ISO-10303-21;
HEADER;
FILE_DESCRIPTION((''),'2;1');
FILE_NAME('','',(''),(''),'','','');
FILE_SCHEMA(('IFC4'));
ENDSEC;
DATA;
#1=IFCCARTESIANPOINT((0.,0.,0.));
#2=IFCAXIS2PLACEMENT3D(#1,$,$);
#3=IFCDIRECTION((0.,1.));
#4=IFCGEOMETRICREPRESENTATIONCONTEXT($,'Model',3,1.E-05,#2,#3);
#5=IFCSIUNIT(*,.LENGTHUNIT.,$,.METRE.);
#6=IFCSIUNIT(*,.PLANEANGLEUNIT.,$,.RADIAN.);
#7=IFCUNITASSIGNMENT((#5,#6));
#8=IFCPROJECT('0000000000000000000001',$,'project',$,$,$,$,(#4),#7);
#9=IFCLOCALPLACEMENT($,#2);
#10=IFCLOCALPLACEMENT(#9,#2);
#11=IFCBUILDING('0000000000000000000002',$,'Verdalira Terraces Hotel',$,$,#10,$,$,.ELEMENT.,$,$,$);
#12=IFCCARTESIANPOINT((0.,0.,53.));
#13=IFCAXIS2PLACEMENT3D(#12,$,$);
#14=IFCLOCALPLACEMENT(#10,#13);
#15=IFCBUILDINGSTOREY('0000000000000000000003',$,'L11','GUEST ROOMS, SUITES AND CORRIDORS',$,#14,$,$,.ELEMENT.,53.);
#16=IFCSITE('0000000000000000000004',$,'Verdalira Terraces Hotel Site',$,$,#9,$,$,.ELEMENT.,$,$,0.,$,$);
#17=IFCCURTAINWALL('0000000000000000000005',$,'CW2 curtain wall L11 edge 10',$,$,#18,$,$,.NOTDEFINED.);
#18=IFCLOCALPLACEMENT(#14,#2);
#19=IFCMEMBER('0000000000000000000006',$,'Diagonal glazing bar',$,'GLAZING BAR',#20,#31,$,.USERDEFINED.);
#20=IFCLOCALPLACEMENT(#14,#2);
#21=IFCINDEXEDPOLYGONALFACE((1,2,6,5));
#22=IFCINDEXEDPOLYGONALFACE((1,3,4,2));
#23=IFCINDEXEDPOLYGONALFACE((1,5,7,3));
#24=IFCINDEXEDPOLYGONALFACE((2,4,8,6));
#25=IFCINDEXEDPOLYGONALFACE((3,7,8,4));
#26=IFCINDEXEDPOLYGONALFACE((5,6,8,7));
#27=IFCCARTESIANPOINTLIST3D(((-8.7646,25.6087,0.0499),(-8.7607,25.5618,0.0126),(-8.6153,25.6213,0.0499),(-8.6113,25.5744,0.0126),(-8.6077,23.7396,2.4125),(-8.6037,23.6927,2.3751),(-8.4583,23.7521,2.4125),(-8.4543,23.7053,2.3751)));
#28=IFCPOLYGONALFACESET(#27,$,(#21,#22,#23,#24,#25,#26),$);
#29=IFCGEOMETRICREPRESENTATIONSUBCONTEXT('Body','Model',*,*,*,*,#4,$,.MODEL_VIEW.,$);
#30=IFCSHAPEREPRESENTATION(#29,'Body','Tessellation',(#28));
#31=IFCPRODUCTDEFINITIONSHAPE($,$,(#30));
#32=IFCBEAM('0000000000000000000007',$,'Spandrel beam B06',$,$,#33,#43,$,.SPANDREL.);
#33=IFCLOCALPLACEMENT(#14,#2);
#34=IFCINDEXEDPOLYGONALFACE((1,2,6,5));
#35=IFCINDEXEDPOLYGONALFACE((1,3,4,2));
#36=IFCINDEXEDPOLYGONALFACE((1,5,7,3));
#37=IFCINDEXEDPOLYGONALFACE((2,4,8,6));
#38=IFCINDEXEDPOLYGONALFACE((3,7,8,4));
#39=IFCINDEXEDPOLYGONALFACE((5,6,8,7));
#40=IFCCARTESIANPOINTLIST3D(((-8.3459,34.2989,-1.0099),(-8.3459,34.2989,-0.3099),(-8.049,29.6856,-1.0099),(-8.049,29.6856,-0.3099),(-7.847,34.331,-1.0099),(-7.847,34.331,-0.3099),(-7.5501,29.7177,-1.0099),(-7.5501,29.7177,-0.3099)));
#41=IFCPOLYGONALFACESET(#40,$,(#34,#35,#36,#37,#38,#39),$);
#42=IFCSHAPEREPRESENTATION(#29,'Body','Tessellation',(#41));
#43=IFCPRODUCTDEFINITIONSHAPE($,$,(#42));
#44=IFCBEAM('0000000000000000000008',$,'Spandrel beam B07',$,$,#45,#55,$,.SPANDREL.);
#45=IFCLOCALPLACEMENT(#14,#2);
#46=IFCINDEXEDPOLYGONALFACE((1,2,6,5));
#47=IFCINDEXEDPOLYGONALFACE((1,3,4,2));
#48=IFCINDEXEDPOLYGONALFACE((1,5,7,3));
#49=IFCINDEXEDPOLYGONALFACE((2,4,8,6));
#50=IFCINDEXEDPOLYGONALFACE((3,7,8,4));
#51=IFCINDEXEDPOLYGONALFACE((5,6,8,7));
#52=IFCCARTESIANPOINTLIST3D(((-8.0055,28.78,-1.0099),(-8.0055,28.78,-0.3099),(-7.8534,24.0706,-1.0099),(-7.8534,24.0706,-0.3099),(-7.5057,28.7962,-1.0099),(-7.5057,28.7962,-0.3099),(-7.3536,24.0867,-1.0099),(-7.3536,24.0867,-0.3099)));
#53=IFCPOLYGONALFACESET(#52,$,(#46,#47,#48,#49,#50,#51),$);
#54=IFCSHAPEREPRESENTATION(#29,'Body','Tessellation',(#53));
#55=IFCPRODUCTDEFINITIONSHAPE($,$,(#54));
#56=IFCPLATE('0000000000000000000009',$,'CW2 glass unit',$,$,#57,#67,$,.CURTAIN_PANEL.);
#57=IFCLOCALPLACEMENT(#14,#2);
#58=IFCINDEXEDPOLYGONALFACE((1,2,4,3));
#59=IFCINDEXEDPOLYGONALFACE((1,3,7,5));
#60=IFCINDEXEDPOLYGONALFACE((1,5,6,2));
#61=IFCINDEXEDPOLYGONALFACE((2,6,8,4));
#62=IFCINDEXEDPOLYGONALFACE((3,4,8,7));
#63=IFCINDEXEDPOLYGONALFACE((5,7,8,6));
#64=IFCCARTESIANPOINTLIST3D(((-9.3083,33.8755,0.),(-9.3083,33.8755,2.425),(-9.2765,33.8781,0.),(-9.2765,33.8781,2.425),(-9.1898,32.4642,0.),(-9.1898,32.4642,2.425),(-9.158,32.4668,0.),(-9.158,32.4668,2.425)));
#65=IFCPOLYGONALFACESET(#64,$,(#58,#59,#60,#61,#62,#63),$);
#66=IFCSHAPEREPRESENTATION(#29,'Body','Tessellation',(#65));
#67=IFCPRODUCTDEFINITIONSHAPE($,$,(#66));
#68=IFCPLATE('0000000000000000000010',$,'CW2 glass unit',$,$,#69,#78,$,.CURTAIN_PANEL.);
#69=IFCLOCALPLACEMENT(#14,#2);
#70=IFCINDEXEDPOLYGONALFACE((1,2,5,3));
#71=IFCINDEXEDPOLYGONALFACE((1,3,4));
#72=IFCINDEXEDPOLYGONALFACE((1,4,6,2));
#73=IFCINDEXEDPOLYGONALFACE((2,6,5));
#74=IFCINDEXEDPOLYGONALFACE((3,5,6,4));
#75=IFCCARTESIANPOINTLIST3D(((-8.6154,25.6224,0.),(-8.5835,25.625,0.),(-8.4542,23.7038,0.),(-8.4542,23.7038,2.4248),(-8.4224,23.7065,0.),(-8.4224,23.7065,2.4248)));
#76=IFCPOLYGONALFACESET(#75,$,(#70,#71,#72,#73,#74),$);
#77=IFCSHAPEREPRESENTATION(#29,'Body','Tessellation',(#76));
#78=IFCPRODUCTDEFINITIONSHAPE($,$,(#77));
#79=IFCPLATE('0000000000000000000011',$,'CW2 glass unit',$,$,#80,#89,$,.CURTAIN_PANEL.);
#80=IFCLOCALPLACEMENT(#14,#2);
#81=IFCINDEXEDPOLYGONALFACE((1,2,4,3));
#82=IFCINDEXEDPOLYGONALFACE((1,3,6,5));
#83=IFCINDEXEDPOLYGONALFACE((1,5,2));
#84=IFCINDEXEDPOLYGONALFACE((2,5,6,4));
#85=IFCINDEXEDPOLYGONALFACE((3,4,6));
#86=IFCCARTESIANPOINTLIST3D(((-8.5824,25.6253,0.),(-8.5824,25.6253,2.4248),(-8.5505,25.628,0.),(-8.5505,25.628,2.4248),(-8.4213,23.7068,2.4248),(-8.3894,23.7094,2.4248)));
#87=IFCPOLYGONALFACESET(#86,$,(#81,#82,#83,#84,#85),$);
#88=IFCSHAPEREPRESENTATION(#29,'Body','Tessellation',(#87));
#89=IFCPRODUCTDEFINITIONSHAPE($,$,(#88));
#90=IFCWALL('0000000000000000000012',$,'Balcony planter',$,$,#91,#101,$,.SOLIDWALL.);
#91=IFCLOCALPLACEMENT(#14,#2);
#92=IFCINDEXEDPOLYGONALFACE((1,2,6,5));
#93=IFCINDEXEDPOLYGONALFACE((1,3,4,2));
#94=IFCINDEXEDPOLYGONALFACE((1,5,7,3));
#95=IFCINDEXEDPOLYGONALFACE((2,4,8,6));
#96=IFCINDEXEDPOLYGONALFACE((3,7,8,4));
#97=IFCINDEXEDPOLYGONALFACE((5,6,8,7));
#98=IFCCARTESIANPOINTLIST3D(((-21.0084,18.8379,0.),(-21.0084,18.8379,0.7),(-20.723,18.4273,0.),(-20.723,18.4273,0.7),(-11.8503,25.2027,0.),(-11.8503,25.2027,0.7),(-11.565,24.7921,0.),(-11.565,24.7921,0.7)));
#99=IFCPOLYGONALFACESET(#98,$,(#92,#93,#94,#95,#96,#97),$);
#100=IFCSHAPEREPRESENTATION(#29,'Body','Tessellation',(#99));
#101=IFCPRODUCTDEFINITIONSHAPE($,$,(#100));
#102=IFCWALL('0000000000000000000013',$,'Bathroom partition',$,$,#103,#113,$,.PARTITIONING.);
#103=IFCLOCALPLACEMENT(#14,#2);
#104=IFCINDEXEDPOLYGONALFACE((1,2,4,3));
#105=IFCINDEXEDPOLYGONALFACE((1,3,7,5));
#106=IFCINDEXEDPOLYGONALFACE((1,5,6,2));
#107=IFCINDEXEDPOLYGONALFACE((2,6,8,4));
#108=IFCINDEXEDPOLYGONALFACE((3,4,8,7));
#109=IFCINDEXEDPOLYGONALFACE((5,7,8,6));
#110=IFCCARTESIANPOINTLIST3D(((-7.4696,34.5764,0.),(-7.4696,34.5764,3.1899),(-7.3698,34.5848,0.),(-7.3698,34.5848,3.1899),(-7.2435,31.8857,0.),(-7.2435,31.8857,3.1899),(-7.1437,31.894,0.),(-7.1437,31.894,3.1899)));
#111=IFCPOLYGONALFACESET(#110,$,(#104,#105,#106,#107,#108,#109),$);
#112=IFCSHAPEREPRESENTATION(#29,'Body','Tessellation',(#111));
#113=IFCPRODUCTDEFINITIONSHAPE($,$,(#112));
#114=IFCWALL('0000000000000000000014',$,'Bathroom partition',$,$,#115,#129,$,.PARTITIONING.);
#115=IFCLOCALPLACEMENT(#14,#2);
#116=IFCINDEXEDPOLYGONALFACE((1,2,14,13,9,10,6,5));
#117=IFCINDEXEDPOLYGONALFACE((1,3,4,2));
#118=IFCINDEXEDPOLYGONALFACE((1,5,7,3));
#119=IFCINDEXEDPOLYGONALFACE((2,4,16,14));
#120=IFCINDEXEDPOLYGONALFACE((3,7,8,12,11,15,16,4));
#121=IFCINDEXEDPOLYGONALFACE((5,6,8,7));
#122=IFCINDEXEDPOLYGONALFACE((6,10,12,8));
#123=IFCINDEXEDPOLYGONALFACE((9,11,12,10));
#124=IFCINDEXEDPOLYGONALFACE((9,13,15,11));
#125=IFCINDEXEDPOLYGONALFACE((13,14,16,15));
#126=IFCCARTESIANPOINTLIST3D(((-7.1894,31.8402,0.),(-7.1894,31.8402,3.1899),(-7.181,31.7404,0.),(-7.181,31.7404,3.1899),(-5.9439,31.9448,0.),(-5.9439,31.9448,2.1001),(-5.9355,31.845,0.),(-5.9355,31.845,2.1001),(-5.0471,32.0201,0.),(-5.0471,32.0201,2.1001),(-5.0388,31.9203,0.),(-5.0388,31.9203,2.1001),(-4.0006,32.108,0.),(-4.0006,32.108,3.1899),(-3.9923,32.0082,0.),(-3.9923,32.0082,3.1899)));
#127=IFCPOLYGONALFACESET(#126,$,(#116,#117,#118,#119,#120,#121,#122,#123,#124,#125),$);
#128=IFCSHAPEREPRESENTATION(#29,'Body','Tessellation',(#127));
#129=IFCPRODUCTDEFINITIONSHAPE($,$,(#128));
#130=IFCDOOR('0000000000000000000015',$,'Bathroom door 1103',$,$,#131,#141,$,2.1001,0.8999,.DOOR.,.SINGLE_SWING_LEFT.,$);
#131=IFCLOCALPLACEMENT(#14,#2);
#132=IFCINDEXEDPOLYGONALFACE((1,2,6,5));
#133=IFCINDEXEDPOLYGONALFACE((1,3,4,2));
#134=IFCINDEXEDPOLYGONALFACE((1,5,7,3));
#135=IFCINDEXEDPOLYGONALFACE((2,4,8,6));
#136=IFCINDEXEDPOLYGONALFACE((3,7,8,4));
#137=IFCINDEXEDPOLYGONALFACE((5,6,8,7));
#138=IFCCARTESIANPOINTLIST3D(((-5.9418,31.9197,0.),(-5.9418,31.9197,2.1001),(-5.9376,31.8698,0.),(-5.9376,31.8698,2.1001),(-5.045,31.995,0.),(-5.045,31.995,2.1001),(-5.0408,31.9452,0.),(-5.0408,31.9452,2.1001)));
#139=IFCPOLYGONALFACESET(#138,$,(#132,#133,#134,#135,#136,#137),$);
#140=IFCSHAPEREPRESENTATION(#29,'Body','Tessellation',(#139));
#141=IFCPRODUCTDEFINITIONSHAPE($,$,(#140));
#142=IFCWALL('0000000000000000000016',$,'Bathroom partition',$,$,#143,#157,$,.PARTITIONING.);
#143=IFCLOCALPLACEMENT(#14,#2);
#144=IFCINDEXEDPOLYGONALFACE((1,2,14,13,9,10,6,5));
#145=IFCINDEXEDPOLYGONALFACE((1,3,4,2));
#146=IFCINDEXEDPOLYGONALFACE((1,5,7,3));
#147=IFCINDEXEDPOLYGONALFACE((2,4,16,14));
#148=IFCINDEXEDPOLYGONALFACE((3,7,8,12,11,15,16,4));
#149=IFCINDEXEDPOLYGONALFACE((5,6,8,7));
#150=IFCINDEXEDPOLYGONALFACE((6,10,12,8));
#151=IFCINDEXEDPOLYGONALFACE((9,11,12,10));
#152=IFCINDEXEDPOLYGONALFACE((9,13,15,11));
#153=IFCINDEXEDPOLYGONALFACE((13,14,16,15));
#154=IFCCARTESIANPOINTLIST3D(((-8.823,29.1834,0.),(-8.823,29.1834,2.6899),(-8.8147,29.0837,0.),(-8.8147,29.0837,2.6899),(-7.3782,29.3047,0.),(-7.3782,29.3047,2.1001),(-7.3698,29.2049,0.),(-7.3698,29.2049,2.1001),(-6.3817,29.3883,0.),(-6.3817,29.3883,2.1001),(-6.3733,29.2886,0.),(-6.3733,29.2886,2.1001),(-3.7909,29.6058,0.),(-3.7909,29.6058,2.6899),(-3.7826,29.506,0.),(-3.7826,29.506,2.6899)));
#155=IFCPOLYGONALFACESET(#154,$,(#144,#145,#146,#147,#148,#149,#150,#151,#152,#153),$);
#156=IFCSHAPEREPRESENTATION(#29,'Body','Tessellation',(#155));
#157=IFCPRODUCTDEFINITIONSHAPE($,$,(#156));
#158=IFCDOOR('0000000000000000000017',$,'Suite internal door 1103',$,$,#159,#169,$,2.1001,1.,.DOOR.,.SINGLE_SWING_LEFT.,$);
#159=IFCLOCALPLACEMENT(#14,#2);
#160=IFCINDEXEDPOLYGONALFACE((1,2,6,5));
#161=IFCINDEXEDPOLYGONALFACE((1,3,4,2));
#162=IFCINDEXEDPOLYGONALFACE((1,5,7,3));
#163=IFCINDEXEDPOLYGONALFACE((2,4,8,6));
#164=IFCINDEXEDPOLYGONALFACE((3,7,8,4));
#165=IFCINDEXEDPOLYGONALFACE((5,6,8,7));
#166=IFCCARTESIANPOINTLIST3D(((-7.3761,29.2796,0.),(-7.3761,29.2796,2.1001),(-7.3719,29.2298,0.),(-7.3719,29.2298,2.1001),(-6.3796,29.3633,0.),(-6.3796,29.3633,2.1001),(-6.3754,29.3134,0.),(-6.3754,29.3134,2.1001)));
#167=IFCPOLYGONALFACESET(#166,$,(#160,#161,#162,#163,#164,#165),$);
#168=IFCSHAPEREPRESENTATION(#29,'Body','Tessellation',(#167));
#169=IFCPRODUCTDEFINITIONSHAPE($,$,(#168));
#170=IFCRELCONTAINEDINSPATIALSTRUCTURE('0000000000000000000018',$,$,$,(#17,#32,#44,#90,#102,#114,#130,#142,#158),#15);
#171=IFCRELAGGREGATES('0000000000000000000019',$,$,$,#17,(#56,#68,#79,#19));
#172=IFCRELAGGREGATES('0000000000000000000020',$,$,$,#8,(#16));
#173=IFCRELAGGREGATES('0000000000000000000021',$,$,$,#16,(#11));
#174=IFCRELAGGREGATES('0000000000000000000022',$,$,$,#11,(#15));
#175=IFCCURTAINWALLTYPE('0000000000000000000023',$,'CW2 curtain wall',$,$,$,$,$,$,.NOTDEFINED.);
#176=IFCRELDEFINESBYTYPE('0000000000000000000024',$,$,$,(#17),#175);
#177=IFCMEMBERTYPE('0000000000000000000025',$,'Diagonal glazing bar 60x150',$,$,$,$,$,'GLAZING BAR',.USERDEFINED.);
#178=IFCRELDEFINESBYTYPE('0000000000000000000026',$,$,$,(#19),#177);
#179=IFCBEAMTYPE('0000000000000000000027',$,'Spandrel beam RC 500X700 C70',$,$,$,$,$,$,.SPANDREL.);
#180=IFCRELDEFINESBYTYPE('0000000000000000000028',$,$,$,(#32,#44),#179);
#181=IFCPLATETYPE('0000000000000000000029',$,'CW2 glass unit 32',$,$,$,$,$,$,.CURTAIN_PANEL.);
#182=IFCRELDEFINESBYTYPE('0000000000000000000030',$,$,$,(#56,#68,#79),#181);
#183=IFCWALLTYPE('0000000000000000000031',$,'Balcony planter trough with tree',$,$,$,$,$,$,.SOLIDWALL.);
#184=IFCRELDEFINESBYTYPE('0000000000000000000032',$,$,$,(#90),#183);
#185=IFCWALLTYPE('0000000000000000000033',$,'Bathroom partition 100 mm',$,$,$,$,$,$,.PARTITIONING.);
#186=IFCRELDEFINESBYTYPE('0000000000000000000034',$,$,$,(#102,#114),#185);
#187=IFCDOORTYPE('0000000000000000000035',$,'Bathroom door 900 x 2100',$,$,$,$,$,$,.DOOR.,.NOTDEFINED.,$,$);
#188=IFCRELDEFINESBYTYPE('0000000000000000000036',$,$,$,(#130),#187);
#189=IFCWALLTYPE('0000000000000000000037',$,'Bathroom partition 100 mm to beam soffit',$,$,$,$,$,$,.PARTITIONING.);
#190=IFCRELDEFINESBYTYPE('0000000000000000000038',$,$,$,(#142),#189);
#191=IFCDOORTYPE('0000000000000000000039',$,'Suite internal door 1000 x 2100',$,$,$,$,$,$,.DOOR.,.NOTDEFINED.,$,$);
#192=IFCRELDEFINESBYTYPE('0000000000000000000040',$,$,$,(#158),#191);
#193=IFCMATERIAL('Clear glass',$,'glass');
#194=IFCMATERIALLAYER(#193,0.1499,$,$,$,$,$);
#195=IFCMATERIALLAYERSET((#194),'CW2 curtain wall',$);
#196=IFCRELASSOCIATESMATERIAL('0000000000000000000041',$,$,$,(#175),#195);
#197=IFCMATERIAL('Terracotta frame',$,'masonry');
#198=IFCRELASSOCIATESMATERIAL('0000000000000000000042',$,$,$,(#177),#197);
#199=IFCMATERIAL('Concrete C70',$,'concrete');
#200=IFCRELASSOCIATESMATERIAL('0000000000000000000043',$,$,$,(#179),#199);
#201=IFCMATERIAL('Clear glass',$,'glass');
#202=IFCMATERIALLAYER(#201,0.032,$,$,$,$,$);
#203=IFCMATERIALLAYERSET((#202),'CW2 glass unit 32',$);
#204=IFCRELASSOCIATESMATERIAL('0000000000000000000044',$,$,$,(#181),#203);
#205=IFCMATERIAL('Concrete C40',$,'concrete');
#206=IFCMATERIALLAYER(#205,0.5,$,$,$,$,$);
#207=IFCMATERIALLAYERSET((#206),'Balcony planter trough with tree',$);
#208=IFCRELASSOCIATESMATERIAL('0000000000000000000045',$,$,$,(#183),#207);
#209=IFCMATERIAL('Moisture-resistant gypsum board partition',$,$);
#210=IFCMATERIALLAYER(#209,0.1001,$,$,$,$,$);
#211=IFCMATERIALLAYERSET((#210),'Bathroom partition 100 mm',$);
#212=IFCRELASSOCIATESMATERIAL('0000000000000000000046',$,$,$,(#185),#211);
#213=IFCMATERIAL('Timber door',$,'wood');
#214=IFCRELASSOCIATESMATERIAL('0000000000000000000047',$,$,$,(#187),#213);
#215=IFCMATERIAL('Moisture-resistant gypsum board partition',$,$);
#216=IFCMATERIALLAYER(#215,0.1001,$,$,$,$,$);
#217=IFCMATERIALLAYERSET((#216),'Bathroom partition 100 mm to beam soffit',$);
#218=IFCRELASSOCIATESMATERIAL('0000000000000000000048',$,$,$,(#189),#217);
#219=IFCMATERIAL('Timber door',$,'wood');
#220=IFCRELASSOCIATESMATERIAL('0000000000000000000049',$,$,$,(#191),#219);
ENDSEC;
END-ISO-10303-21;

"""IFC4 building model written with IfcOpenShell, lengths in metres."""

from ifc_helpers import new_model, si_unit, direction, frame, frame_2d, origin, origin_2d, place, context, subcontext, project, spatial, polyline, rectangle, outline, extrude, material, layer, layer_set, material_profile, profile_set, type_object, element, fill, aggregate, save


model = new_model("IFC4")

# Units and contexts
model_context = context("Model", 3, precision=1e-05, world=origin(), true_north=direction((0.0, 1.0)))
body_context = subcontext(model_context, "Body", "Model", "MODEL_VIEW")
ifc_project = project(units=[si_unit("LENGTHUNIT", "METRE"), si_unit("PLANEANGLEUNIT", "RADIAN")], contexts=[model_context])

# Site, building, storey
site_placement = place(None, origin())
site = spatial("IfcSite", under=ifc_project, at=site_placement, Name="Verdalira Terraces Hotel Site", CompositionType="ELEMENT", RefElevation=0.0)
building_placement = place(site_placement, origin())
building = spatial("IfcBuilding", under=site, at=building_placement, Name="Verdalira Terraces Hotel", CompositionType="ELEMENT")
storey_placement = place(building_placement, frame((0.0, 0.0, 53.0)))
storey = spatial("IfcBuildingStorey", under=building, at=storey_placement, Name="L11", Description="GUEST ROOMS, SUITES AND CORRIDORS", CompositionType="ELEMENT", Elevation=53.0)

# Curtain wall, member
ifc_material_1 = material(Name="Clear glass", Category="glass")
ifc_layer_1 = layer(ifc_material_1, 0.1499)
ifc_layer_set_1 = layer_set([ifc_layer_1], Name="CW2 curtain wall")
curtain_wall_type_1 = type_object("IfcCurtainWallType", Name="CW2 curtain wall", PredefinedType="NOTDEFINED", material=ifc_layer_set_1)
curtain_wall_1_placement = place(storey_placement, origin())
curtain_wall_1 = element("IfcCurtainWall", 1, at=curtain_wall_1_placement, inside=storey, type_object=curtain_wall_type_1, Name="CW2 curtain wall L11 edge 10", PredefinedType="NOTDEFINED")
ifc_material_2 = material(Name="Terracotta frame", Category="masonry")
ifc_material_profile_1 = material_profile(ifc_material_2, rectangle(XDim=0.1499, YDim=0.0601, at=origin_2d()), Name="GB 60x150")
ifc_profile_set_1 = profile_set([ifc_material_profile_1], Name="Terracotta frame")
member_type_1 = type_object("IfcMemberType", Name="Diagonal glazing bar 60x150", ElementType="GLAZING BAR", PredefinedType="USERDEFINED", material=ifc_profile_set_1)
member_1_placement = place(storey_placement, frame((-8.688, 25.5916, 0.0312), z_axis=(0.052039, -0.619615, 0.783179), x_axis=(0.996492, 0.083692, 0.0)))
member_1 = element("IfcMember", 2, at=member_1_placement, type_object=member_type_1, Name="Diagonal glazing bar", ObjectType="GLAZING BAR", PredefinedType="USERDEFINED", context=body_context, shape_type="SweptSolid", body=[
    extrude(rectangle(XDim=0.1499, YDim=0.0601, at=origin_2d()), origin(), (0.0, 0.0, 1.0), 3.0166),
])

# Beams
ifc_material_3 = material(Name="Concrete C70", Category="concrete")
ifc_material_profile_2 = material_profile(ifc_material_3, rectangle(XDim=0.5, YDim=0.7, at=origin_2d()), Name="RC 500X700")
ifc_profile_set_2 = profile_set([ifc_material_profile_2], Name="Concrete C70")
beam_type_1 = type_object("IfcBeamType", Name="Spandrel beam RC 500X700 C70", PredefinedType="SPANDREL", material=ifc_profile_set_2)
beam_1_placement = place(storey_placement, frame((-8.0964, 34.3149, -0.6599), z_axis=(0.064219, -0.997936, 0.0), x_axis=(0.997936, 0.064219, 0.0)))
element("IfcBeam", 3, at=beam_1_placement, inside=storey, type_object=beam_type_1, Name="Spandrel beam B06", PredefinedType="SPANDREL", context=body_context, shape_type="SweptSolid", body=[
    extrude(rectangle(XDim=0.5, YDim=0.7, at=origin_2d()), origin(), (0.0, 0.0, 1.0), 4.6228),
])
beam_2_placement = place(storey_placement, frame((-7.7556, 28.7881, -0.6599), z_axis=(0.03228, -0.999479, 0.0), x_axis=(0.999479, 0.03228, 0.0)))
element("IfcBeam", 4, at=beam_2_placement, inside=storey, type_object=beam_type_1, Name="Spandrel beam B07", PredefinedType="SPANDREL", context=body_context, shape_type="SweptSolid", body=[
    extrude(rectangle(XDim=0.5, YDim=0.7, at=origin_2d()), origin(), (0.0, 0.0, 1.0), 4.7119),
])

# Plates
ifc_material_4 = material(Name="Clear glass", Category="glass")
ifc_layer_2 = layer(ifc_material_4, 0.032)
ifc_layer_set_2 = layer_set([ifc_layer_2], Name="CW2 glass unit 32")
plate_type = type_object("IfcPlateType", Name="CW2 glass unit 32", PredefinedType="CURTAIN_PANEL", material=ifc_layer_set_2)
plate_1_placement = place(storey_placement, frame((-9.2332, 33.1711, 0.0), z_axis=(0.0, 0.0, 1.0), x_axis=(0.083678, -0.996493, 0.0)))
plate_1 = element("IfcPlate", 5, at=plate_1_placement, type_object=plate_type, Name="CW2 glass unit", PredefinedType="CURTAIN_PANEL", context=body_context, shape_type="SweptSolid", body=[
    extrude(rectangle(XDim=1.4163, YDim=0.032, at=origin_2d()), origin(), (0.0, 0.0, 1.0), 2.425),
])
plate_2_placement = place(storey_placement, frame((-8.5029, 24.6658, 1.2124), z_axis=(-0.996493, -0.083678, 0.0), x_axis=(0.083678, -0.996493, 0.0)))
plate_2 = element("IfcPlate", 6, at=plate_2_placement, type_object=plate_type, Name="CW2 glass unit", PredefinedType="CURTAIN_PANEL", context=body_context, shape_type="SweptSolid", body=[
    extrude(outline(polyline([(-0.9626, -1.2124), (0.9626, -1.2124), (0.9626, 1.2124), (-0.9626, -1.2124)])), origin(), (0.0, 0.0, 1.0), 0.032),
])
plate_3_placement = place(storey_placement, frame((-8.47, 24.6687, 1.2124), z_axis=(-0.996493, -0.083678, 0.0), x_axis=(0.083678, -0.996493, 0.0)))
plate_3 = element("IfcPlate", 7, at=plate_3_placement, type_object=plate_type, Name="CW2 glass unit", PredefinedType="CURTAIN_PANEL", context=body_context, shape_type="SweptSolid", body=[
    extrude(outline(polyline([(-0.9626, -1.2124), (0.9626, 1.2124), (-0.9626, 1.2124), (-0.9626, -1.2124)])), origin(), (0.0, 0.0, 1.0), 0.032),
])
aggregate(curtain_wall_1, [plate_1, plate_2, plate_3, member_1])

# Walls
ifc_material_5 = material(Name="Concrete C40", Category="concrete")
ifc_layer_3 = layer(ifc_material_5, 0.5)
ifc_layer_set_3 = layer_set([ifc_layer_3], Name="Balcony planter trough with tree")
wall_type_1 = type_object("IfcWallType", Name="Balcony planter trough with tree", PredefinedType="SOLIDWALL", material=ifc_layer_set_3)
wall_1_placement = place(storey_placement, frame((-11.7078, 24.9973, 0.0), z_axis=(0.0, 0.0, 1.0), x_axis=(-0.821158, -0.570701, 0.0)))
element("IfcWall", 8, at=wall_1_placement, inside=storey, type_object=wall_type_1, Name="Balcony planter", PredefinedType="SOLIDWALL", context=body_context, shape_type="SweptSolid", body=[
    extrude(rectangle(XDim=11.1526, YDim=0.5, at=frame_2d((5.5762, 0.0))), origin(), (0.0, 0.0, 1.0), 0.7),
])
ifc_material_6 = material(Name="Moisture-resistant gypsum board partition")
ifc_layer_4 = layer(ifc_material_6, 0.1001)
ifc_layer_set_4 = layer_set([ifc_layer_4], Name="Bathroom partition 100 mm")
wall_type_2 = type_object("IfcWallType", Name="Bathroom partition 100 mm", PredefinedType="PARTITIONING", material=ifc_layer_set_4)
wall_2_placement = place(storey_placement, frame((-7.4197, 34.5806, 0.0), z_axis=(0.0, 0.0, 1.0), x_axis=(0.083726, -0.996489, 0.0)))
element("IfcWall", 9, at=wall_2_placement, inside=storey, type_object=wall_type_2, Name="Bathroom partition", PredefinedType="PARTITIONING", context=body_context, shape_type="SweptSolid", body=[
    extrude(rectangle(XDim=2.7002, YDim=0.1001, at=frame_2d((1.3501, 0.0))), origin(), (0.0, 0.0, 1.0), 3.1899),
])

# Walls, openings, doors
wall_3_placement = place(storey_placement, frame((-7.1853, 31.7903, 0.0), z_axis=(0.0, 0.0, 1.0), x_axis=(0.996491, 0.083696, 0.0)))
wall_3 = element("IfcWall", 10, at=wall_3_placement, inside=storey, type_object=wall_type_2, Name="Bathroom partition", PredefinedType="PARTITIONING", context=body_context, shape_type="SweptSolid", body=[
    extrude(rectangle(XDim=3.2, YDim=0.1001, at=frame_2d((1.6001, 0.0))), origin(), (0.0, 0.0, 1.0), 3.1899),
])
opening_1_placement = place(wall_3_placement, frame((1.25, 0.0, 0.0)))
opening_1 = element("IfcOpeningElement", 11, at=opening_1_placement, cuts=wall_3, PredefinedType="OPENING", context=body_context, shape_type="SweptSolid", body=[
    extrude(rectangle(XDim=0.8999, YDim=2.1001, at=frame_2d((0.45, 1.05))), frame((0.0, 0.0601, 0.0), z_axis=(0.0, -1.0, 0.0), x_axis=(1.0, 0.0, 0.0)), (0.0, 0.0, 1.0), 0.1201),
])
ifc_material_7 = material(Name="Timber door", Category="wood")
door_type_1 = type_object("IfcDoorType", Name="Bathroom door 900 x 2100", OperationType="NOTDEFINED", PredefinedType="DOOR", material=ifc_material_7)
door_1_placement = place(opening_1_placement, origin())
door_1 = element("IfcDoor", 12, at=door_1_placement, inside=storey, type_object=door_type_1, Name="Bathroom door 1103", OperationType="SINGLE_SWING_LEFT", OverallHeight=2.1001, OverallWidth=0.8999, PredefinedType="DOOR", context=body_context, shape_type="SweptSolid", body=[
    extrude(rectangle(XDim=0.8999, YDim=2.1001, at=frame_2d((0.45, 1.05))), frame((0.0, 0.0249, 0.0), z_axis=(0.0, -1.0, 0.0), x_axis=(1.0, 0.0, 0.0)), (0.0, 0.0, 1.0), 0.05),
])
fill(opening_1, door_1)
ifc_material_8 = material(Name="Moisture-resistant gypsum board partition")
ifc_layer_5 = layer(ifc_material_8, 0.1001)
ifc_layer_set_5 = layer_set([ifc_layer_5], Name="Bathroom partition 100 mm to beam soffit")
wall_type_3 = type_object("IfcWallType", Name="Bathroom partition 100 mm to beam soffit", PredefinedType="PARTITIONING", material=ifc_layer_set_5)
wall_4_placement = place(storey_placement, frame((-8.8188, 29.1335, 0.0), z_axis=(0.0, 0.0, 1.0), x_axis=(0.996496, 0.083638, 0.0)))
wall_4 = element("IfcWall", 13, at=wall_4_placement, inside=storey, type_object=wall_type_3, Name="Bathroom partition", PredefinedType="PARTITIONING", context=body_context, shape_type="SweptSolid", body=[
    extrude(rectangle(XDim=5.0498, YDim=0.1001, at=frame_2d((2.5249, 0.0))), origin(), (0.0, 0.0, 1.0), 2.6899),
])
opening_2_placement = place(wall_4_placement, frame((1.45, 0.0, 0.0)))
opening_2 = element("IfcOpeningElement", 14, at=opening_2_placement, cuts=wall_4, PredefinedType="OPENING", context=body_context, shape_type="SweptSolid", body=[
    extrude(rectangle(XDim=1.0, YDim=2.1001, at=frame_2d((0.5, 1.05))), frame((0.0, 0.0601, 0.0), z_axis=(0.0, -1.0, 0.0), x_axis=(1.0, 0.0, 0.0)), (0.0, 0.0, 1.0), 0.1201),
])
ifc_material_9 = material(Name="Timber door", Category="wood")
door_type_2 = type_object("IfcDoorType", Name="Suite internal door 1000 x 2100", OperationType="NOTDEFINED", PredefinedType="DOOR", material=ifc_material_9)
door_2_placement = place(opening_2_placement, origin())
door_2 = element("IfcDoor", 15, at=door_2_placement, inside=storey, type_object=door_type_2, Name="Suite internal door 1103", OperationType="SINGLE_SWING_LEFT", OverallHeight=2.1001, OverallWidth=1.0, PredefinedType="DOOR", context=body_context, shape_type="SweptSolid", body=[
    extrude(rectangle(XDim=1.0, YDim=2.1001, at=frame_2d((0.5, 1.05))), frame((0.0, 0.0249, 0.0), z_axis=(0.0, -1.0, 0.0), x_axis=(1.0, 0.0, 0.0)), (0.0, 0.0, 1.0), 0.05),
])
fill(opening_2, door_2)

save(model, "model.ifc")
